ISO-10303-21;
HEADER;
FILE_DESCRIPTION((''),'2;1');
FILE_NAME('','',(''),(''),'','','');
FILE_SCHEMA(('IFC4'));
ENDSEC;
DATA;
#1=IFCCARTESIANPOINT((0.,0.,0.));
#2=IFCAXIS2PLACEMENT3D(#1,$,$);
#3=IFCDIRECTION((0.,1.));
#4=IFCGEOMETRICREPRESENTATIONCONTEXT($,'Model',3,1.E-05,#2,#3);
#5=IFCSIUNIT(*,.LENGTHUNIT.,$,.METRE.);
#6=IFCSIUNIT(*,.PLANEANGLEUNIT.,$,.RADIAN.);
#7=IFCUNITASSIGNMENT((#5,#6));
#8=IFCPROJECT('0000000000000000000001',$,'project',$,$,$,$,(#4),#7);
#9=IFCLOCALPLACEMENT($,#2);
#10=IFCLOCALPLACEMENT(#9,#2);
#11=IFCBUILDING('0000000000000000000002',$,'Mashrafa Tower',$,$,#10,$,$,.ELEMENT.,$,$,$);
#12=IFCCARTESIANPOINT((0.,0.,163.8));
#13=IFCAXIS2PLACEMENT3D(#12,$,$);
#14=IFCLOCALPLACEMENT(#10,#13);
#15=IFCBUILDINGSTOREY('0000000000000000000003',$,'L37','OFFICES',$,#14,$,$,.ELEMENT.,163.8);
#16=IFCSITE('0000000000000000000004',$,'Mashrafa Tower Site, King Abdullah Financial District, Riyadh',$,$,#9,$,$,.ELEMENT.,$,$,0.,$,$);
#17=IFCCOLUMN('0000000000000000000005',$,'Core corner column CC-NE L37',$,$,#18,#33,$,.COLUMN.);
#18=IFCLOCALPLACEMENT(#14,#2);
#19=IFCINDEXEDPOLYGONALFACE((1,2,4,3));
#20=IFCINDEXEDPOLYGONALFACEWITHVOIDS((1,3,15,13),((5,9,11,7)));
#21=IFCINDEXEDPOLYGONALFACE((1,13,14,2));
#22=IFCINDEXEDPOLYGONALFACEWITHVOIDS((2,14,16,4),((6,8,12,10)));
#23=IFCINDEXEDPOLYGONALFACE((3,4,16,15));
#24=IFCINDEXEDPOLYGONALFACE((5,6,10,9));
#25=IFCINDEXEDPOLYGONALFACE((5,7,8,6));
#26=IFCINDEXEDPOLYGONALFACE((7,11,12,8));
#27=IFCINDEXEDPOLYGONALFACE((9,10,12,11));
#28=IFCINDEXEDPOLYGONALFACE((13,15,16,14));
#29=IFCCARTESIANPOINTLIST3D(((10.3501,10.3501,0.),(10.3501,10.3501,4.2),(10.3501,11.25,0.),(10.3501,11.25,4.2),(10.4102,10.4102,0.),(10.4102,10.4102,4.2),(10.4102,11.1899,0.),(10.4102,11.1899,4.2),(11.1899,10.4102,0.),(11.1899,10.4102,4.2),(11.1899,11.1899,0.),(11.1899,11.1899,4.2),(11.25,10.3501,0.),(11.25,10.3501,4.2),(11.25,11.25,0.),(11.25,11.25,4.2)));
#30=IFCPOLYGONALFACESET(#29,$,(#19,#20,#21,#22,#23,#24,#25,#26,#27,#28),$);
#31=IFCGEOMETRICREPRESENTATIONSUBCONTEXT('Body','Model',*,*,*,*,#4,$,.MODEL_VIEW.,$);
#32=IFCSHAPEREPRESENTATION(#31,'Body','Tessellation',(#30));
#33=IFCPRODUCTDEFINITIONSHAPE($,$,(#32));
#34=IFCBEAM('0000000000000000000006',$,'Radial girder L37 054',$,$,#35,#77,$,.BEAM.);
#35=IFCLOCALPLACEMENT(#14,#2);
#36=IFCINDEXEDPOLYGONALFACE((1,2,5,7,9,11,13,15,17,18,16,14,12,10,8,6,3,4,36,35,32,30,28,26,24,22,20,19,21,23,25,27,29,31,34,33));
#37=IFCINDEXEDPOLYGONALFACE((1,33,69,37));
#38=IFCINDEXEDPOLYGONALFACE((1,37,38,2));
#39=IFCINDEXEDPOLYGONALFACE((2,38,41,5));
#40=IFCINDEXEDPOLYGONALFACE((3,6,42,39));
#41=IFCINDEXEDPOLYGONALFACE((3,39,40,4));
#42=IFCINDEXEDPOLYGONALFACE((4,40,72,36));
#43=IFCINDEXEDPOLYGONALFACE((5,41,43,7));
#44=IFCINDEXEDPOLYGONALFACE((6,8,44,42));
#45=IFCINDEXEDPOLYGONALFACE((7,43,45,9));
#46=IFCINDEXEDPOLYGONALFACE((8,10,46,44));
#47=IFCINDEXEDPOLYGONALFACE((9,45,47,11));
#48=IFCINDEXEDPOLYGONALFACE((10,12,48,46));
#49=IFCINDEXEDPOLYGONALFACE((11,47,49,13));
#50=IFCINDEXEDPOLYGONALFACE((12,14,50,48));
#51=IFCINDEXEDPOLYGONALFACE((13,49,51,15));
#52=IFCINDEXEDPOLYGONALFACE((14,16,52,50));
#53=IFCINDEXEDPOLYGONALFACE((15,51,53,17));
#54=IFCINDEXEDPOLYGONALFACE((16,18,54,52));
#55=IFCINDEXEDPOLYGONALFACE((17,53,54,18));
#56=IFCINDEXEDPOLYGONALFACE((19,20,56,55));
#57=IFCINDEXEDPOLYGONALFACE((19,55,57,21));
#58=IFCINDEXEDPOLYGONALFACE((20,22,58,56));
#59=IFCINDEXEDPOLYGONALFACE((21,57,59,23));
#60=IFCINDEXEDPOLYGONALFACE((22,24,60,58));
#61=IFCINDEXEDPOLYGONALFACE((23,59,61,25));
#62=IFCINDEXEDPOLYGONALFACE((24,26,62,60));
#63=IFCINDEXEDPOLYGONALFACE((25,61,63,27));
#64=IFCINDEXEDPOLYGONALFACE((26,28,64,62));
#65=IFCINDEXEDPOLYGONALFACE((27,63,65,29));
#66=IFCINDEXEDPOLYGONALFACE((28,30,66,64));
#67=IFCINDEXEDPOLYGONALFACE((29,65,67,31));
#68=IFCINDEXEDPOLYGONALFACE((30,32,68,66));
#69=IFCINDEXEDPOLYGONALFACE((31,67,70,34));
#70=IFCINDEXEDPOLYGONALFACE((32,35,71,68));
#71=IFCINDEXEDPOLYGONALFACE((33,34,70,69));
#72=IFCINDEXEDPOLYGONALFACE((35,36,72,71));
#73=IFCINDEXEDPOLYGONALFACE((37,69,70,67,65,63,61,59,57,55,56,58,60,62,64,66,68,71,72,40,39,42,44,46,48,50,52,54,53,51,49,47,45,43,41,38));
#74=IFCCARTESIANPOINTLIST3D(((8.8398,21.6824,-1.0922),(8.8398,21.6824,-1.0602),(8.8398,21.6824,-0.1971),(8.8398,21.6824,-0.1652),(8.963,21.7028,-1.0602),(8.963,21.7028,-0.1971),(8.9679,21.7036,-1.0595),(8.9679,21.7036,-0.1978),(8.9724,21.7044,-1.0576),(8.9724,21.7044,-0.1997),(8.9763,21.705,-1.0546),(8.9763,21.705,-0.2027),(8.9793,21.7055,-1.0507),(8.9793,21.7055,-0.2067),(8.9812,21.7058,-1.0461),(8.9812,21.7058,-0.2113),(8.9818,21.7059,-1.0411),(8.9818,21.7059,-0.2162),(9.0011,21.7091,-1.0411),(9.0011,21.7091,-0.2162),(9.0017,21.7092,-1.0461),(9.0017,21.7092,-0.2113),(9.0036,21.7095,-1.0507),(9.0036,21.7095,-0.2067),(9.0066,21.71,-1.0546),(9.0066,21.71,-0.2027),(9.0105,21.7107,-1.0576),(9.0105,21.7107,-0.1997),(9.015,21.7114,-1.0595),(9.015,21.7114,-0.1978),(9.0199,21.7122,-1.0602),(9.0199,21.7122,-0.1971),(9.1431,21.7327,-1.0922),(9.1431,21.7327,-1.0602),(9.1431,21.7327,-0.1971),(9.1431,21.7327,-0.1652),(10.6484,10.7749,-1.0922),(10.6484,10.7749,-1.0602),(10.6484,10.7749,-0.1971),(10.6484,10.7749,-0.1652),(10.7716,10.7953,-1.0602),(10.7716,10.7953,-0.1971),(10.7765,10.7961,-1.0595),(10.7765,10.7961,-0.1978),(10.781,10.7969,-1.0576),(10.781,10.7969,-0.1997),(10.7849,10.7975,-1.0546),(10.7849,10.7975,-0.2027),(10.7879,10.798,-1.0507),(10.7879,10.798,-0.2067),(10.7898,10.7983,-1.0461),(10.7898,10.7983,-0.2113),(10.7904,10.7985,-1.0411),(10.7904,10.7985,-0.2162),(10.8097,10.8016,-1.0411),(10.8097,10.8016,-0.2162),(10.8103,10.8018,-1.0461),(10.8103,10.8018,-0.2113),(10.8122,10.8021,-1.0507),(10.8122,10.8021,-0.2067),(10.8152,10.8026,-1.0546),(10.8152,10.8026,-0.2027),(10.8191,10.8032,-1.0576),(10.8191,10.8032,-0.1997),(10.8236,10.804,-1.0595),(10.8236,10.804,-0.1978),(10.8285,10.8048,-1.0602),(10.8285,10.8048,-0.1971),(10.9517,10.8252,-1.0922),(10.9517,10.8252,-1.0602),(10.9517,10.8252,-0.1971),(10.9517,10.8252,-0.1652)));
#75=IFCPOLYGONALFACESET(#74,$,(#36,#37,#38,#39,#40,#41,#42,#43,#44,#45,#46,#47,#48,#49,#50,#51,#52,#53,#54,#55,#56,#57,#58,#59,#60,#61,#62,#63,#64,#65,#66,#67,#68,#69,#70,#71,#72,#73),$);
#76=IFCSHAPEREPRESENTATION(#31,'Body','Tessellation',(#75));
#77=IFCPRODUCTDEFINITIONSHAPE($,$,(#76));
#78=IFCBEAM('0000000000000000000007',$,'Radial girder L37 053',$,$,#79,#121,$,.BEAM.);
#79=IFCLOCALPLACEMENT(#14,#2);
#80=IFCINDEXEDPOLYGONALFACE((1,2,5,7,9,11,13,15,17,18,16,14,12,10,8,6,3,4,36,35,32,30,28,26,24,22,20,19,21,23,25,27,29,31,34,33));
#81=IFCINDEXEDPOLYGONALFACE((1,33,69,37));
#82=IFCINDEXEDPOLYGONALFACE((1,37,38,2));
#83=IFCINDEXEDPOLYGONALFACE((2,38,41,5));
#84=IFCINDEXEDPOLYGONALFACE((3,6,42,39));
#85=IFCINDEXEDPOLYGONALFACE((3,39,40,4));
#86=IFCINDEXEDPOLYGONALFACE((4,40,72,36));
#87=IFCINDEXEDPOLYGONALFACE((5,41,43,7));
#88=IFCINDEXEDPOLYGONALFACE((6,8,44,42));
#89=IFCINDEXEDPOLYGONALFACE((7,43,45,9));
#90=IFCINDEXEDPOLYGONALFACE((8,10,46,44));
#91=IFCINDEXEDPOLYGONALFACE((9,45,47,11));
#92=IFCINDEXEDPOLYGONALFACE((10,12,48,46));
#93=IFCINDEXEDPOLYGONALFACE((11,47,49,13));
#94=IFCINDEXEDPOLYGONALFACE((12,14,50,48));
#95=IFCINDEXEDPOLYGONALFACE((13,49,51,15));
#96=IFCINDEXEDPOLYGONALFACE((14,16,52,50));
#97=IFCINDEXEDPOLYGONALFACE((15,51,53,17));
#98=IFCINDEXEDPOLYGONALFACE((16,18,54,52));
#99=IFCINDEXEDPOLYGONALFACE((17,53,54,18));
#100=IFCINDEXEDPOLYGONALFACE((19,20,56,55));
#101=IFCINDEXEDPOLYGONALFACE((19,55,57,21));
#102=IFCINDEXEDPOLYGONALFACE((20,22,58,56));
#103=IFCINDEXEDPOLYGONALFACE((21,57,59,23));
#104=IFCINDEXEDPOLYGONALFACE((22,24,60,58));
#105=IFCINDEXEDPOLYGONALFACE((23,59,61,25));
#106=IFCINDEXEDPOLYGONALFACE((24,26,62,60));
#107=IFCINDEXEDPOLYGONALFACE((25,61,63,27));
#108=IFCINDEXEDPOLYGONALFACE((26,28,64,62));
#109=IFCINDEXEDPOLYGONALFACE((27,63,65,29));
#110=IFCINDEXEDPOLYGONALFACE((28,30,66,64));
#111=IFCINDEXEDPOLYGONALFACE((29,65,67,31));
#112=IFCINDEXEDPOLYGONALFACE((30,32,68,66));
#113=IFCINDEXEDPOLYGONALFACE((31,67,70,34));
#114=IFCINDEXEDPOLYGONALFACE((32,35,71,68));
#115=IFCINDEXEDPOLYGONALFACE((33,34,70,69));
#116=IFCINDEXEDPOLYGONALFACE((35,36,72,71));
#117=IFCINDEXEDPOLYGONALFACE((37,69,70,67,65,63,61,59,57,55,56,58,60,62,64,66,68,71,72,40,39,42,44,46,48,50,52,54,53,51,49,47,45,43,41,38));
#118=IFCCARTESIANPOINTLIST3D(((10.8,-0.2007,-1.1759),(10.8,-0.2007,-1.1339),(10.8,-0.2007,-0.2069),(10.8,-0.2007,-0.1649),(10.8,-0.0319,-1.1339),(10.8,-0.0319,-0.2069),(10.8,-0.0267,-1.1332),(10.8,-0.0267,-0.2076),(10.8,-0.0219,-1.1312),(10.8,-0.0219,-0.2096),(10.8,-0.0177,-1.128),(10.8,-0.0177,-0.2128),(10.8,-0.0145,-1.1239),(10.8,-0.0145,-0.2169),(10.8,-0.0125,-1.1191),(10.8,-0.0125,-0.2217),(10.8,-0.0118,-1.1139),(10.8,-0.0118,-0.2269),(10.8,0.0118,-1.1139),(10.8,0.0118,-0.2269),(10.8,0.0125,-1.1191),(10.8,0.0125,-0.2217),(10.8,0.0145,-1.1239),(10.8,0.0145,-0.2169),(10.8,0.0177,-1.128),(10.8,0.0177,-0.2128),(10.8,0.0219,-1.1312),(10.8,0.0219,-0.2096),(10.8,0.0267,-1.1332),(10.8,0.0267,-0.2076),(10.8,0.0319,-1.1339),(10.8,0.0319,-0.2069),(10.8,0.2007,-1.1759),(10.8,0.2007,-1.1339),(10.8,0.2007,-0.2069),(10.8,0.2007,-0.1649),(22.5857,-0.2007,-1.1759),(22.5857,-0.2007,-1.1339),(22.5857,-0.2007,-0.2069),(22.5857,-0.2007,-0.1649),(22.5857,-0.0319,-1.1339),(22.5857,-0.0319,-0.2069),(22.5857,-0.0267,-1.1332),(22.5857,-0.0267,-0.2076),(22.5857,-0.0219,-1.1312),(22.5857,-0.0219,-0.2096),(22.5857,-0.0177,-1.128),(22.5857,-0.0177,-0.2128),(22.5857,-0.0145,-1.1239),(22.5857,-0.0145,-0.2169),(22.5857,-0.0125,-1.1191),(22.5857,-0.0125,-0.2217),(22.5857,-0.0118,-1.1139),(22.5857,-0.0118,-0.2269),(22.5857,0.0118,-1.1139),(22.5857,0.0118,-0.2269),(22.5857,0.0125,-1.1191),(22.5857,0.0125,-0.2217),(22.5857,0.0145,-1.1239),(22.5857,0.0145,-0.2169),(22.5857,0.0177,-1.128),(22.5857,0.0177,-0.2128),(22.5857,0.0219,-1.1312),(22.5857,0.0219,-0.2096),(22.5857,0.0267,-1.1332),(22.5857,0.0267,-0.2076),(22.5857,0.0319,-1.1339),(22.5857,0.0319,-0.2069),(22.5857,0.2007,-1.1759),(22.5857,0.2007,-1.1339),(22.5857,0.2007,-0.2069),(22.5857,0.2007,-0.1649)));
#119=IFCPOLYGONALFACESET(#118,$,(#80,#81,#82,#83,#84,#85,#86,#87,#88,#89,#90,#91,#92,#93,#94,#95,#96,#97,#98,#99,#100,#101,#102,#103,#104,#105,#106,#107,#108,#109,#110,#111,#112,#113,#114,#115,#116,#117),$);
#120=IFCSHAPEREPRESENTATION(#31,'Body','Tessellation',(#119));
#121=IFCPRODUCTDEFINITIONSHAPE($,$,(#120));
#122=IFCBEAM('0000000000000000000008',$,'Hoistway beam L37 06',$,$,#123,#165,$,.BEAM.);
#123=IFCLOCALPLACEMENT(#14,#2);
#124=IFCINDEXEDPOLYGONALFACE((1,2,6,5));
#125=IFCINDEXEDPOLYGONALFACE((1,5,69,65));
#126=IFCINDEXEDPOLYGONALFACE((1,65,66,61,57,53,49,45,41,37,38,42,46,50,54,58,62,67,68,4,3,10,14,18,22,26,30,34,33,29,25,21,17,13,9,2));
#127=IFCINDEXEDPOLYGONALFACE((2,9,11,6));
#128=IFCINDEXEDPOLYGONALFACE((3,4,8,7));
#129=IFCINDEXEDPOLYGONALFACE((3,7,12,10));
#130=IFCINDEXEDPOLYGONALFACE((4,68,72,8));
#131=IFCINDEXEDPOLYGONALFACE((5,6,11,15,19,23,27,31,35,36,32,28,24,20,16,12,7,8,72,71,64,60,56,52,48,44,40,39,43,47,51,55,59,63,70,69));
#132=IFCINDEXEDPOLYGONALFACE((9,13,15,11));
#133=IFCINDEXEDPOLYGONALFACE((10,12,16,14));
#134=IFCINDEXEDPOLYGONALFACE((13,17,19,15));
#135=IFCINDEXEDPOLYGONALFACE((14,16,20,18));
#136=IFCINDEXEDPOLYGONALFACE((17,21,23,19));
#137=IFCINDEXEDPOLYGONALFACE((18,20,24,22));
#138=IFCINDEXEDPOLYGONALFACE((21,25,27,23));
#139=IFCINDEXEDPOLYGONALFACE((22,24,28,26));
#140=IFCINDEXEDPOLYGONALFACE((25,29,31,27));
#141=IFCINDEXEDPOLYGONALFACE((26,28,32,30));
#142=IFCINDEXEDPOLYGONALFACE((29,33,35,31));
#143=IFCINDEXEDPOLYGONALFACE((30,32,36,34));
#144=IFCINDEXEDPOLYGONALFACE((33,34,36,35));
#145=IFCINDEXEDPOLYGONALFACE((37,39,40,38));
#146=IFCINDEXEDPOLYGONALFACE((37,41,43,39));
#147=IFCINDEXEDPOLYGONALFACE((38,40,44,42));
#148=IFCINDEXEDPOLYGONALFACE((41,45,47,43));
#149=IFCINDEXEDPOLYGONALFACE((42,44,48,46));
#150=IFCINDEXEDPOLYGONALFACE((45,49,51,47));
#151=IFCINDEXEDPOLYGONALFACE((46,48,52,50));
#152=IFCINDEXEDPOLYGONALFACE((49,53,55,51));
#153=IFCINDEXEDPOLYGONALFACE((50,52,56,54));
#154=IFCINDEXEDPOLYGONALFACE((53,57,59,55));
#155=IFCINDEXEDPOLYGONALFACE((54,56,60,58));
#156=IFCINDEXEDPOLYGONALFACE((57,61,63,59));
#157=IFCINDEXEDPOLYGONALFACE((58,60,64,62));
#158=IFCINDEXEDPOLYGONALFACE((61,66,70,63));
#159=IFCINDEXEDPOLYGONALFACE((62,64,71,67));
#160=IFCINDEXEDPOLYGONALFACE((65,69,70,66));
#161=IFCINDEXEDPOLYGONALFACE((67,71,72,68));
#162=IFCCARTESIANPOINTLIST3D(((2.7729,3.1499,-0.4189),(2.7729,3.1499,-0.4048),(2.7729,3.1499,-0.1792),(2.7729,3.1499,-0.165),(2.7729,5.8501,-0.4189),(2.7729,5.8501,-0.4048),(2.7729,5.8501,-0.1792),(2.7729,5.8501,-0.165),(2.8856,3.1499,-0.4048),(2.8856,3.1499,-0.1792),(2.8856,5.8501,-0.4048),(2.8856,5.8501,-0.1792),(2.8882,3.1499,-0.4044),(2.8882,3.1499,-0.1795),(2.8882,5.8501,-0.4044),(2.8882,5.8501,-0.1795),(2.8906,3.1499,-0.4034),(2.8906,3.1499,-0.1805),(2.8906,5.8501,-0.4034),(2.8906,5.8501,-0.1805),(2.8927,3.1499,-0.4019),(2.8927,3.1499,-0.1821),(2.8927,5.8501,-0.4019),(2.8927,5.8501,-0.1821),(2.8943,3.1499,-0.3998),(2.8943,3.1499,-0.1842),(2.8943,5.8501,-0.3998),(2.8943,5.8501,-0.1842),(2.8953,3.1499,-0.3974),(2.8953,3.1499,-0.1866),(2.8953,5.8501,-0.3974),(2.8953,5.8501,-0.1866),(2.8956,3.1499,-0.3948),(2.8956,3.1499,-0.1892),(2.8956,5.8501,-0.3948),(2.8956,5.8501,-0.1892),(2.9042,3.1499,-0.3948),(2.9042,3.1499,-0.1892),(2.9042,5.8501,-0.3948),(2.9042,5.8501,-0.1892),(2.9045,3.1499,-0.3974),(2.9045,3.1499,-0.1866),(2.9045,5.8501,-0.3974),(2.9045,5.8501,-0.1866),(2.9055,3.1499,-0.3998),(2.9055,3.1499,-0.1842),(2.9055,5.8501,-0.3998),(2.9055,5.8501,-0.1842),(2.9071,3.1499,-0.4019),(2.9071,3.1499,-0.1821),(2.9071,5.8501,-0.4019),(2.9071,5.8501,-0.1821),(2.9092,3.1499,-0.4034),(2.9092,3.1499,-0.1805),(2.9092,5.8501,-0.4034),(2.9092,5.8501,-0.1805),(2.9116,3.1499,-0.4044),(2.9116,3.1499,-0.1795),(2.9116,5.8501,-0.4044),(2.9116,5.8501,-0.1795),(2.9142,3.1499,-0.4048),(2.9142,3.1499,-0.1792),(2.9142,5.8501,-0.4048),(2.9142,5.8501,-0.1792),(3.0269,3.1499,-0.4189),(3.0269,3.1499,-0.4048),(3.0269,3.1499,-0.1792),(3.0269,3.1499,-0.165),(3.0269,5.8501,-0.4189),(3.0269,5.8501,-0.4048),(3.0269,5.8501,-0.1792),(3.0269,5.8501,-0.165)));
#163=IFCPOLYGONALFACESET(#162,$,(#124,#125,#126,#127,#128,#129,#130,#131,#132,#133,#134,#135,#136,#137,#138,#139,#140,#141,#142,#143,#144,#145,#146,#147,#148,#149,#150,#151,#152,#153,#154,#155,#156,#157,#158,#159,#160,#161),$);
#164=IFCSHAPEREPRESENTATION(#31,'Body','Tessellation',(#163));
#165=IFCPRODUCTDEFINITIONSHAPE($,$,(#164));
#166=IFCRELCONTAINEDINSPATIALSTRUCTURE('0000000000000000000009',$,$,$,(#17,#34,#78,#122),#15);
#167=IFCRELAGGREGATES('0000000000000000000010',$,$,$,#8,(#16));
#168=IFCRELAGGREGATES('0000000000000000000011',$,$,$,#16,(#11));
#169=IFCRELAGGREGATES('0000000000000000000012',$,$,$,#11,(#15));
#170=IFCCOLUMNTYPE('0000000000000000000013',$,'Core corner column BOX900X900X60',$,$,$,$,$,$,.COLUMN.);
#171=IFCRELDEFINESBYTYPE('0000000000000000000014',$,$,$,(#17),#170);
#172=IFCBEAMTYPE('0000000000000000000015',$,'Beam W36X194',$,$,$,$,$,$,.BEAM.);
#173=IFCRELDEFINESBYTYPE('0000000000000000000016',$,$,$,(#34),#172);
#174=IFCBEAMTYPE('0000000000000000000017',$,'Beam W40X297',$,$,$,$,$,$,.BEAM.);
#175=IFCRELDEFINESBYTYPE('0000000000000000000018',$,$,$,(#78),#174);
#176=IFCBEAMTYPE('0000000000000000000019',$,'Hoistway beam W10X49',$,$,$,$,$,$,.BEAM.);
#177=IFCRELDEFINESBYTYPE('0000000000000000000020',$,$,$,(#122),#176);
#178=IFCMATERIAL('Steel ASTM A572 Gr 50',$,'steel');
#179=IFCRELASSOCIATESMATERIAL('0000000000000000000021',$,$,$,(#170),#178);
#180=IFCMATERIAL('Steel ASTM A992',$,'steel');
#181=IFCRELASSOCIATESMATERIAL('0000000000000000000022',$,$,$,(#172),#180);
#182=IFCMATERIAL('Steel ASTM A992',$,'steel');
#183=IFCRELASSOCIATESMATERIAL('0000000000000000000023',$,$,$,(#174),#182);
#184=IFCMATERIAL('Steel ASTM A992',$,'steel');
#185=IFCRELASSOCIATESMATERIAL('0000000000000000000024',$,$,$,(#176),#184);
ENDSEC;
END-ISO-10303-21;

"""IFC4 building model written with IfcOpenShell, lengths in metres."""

from ifc_helpers import new_model, si_unit, direction, frame, origin, origin_2d, place, context, subcontext, project, spatial, hollow_rectangle, i_section, extrude, material, material_profile, profile_set, type_object, element, save


model = new_model("IFC4")

# Units and contexts
model_context = context("Model", 3, precision=1e-05, world=origin(), true_north=direction((0.0, 1.0)))
body_context = subcontext(model_context, "Body", "Model", "MODEL_VIEW")
ifc_project = project(units=[si_unit("LENGTHUNIT", "METRE"), si_unit("PLANEANGLEUNIT", "RADIAN")], contexts=[model_context])

# Site, building, storey
site_placement = place(None, origin())
site = spatial("IfcSite", under=ifc_project, at=site_placement, Name="Mashrafa Tower Site, King Abdullah Financial District, Riyadh", CompositionType="ELEMENT", RefElevation=0.0)
building_placement = place(site_placement, origin())
building = spatial("IfcBuilding", under=site, at=building_placement, Name="Mashrafa Tower", CompositionType="ELEMENT")
storey_placement = place(building_placement, frame((0.0, 0.0, 163.8)))
storey = spatial("IfcBuildingStorey", under=building, at=storey_placement, Name="L37", Description="OFFICES", CompositionType="ELEMENT", Elevation=163.8)

# Column
ifc_material_1 = material(Name="Steel ASTM A572 Gr 50", Category="steel")
ifc_material_profile_1 = material_profile(ifc_material_1, hollow_rectangle(XDim=0.8999, YDim=0.8999, WallThickness=0.0601, at=origin_2d()), Name="BOX900X900X60")
ifc_profile_set_1 = profile_set([ifc_material_profile_1], Name="Steel ASTM A572 Gr 50")
column_type = type_object("IfcColumnType", Name="Core corner column BOX900X900X60", PredefinedType="COLUMN", material=ifc_profile_set_1)
column_placement = place(storey_placement, frame((10.8, 10.8, 0.0), z_axis=(0.0, 0.0, 1.0), x_axis=(1.0, 0.0, 0.0)))
element("IfcColumn", 1, at=column_placement, inside=storey, type_object=column_type, Name="Core corner column CC-NE L37", PredefinedType="COLUMN", context=body_context, shape_type="SweptSolid", body=[
    extrude(hollow_rectangle(XDim=0.8999, YDim=0.8999, WallThickness=0.0601, at=origin_2d()), origin(), (0.0, 0.0, 1.0), 4.2),
])

# Beams
ifc_material_2 = material(Name="Steel ASTM A992", Category="steel")
ifc_material_profile_2 = material_profile(ifc_material_2, i_section(OverallWidth=0.3074, OverallDepth=0.927, WebThickness=0.0195, FlangeThickness=0.032, FilletRadius=0.019, at=origin_2d()), Name="W36X194")
ifc_profile_set_2 = profile_set([ifc_material_profile_2], Name="Steel ASTM A992")
beam_type_1 = type_object("IfcBeamType", Name="Beam W36X194", PredefinedType="BEAM", material=ifc_profile_set_2)
beam_1_placement = place(storey_placement, frame((10.8, 10.8, -0.6287), z_axis=(-0.163579, 0.98653, 0.0), x_axis=(-0.98653, -0.163579, 0.0)))
element("IfcBeam", 2, at=beam_1_placement, inside=storey, type_object=beam_type_1, Name="Radial girder L37 054", PredefinedType="BEAM", context=body_context, shape_type="SweptSolid", body=[
    extrude(i_section(OverallWidth=0.3074, OverallDepth=0.927, WebThickness=0.0195, FlangeThickness=0.032, FilletRadius=0.019, at=origin_2d()), origin(), (0.0, 0.0, 1.0), 11.0564),
])
ifc_material_3 = material(Name="Steel ASTM A992", Category="steel")
ifc_material_profile_3 = material_profile(ifc_material_3, i_section(OverallWidth=0.4014, OverallDepth=1.011, WebThickness=0.0237, FlangeThickness=0.042, FilletRadius=0.02, at=origin_2d()), Name="W40X297")
ifc_profile_set_3 = profile_set([ifc_material_profile_3], Name="Steel ASTM A992")
beam_type_2 = type_object("IfcBeamType", Name="Beam W40X297", PredefinedType="BEAM", material=ifc_profile_set_3)
beam_2_placement = place(storey_placement, frame((10.8, 0.0, -0.6704), z_axis=(1.0, 0.0, 0.0), x_axis=(0.0, 1.0, 0.0)))
element("IfcBeam", 3, at=beam_2_placement, inside=storey, type_object=beam_type_2, Name="Radial girder L37 053", PredefinedType="BEAM", context=body_context, shape_type="SweptSolid", body=[
    extrude(i_section(OverallWidth=0.4014, OverallDepth=1.011, WebThickness=0.0237, FlangeThickness=0.042, FilletRadius=0.02, at=origin_2d()), origin(), (0.0, 0.0, 1.0), 11.7856),
])
ifc_material_4 = material(Name="Steel ASTM A992", Category="steel")
ifc_material_profile_4 = material_profile(ifc_material_4, i_section(OverallWidth=0.2539, OverallDepth=0.2539, WebThickness=0.0085, FlangeThickness=0.0142, FilletRadius=0.01, at=origin_2d()), Name="W10X49")
ifc_profile_set_4 = profile_set([ifc_material_profile_4], Name="Steel ASTM A992")
beam_type_3 = type_object("IfcBeamType", Name="Hoistway beam W10X49", PredefinedType="BEAM", material=ifc_profile_set_4)
beam_3_placement = place(storey_placement, frame((2.8999, 3.1499, -0.292), z_axis=(0.0, 1.0, 0.0), x_axis=(-1.0, 0.0, 0.0)))
element("IfcBeam", 4, at=beam_3_placement, inside=storey, type_object=beam_type_3, Name="Hoistway beam L37 06", PredefinedType="BEAM", context=body_context, shape_type="SweptSolid", body=[
    extrude(i_section(OverallWidth=0.2539, OverallDepth=0.2539, WebThickness=0.0085, FlangeThickness=0.0142, FilletRadius=0.01, at=origin_2d()), origin(), (0.0, 0.0, 1.0), 2.7002),
])

save(model, "model.ifc")
